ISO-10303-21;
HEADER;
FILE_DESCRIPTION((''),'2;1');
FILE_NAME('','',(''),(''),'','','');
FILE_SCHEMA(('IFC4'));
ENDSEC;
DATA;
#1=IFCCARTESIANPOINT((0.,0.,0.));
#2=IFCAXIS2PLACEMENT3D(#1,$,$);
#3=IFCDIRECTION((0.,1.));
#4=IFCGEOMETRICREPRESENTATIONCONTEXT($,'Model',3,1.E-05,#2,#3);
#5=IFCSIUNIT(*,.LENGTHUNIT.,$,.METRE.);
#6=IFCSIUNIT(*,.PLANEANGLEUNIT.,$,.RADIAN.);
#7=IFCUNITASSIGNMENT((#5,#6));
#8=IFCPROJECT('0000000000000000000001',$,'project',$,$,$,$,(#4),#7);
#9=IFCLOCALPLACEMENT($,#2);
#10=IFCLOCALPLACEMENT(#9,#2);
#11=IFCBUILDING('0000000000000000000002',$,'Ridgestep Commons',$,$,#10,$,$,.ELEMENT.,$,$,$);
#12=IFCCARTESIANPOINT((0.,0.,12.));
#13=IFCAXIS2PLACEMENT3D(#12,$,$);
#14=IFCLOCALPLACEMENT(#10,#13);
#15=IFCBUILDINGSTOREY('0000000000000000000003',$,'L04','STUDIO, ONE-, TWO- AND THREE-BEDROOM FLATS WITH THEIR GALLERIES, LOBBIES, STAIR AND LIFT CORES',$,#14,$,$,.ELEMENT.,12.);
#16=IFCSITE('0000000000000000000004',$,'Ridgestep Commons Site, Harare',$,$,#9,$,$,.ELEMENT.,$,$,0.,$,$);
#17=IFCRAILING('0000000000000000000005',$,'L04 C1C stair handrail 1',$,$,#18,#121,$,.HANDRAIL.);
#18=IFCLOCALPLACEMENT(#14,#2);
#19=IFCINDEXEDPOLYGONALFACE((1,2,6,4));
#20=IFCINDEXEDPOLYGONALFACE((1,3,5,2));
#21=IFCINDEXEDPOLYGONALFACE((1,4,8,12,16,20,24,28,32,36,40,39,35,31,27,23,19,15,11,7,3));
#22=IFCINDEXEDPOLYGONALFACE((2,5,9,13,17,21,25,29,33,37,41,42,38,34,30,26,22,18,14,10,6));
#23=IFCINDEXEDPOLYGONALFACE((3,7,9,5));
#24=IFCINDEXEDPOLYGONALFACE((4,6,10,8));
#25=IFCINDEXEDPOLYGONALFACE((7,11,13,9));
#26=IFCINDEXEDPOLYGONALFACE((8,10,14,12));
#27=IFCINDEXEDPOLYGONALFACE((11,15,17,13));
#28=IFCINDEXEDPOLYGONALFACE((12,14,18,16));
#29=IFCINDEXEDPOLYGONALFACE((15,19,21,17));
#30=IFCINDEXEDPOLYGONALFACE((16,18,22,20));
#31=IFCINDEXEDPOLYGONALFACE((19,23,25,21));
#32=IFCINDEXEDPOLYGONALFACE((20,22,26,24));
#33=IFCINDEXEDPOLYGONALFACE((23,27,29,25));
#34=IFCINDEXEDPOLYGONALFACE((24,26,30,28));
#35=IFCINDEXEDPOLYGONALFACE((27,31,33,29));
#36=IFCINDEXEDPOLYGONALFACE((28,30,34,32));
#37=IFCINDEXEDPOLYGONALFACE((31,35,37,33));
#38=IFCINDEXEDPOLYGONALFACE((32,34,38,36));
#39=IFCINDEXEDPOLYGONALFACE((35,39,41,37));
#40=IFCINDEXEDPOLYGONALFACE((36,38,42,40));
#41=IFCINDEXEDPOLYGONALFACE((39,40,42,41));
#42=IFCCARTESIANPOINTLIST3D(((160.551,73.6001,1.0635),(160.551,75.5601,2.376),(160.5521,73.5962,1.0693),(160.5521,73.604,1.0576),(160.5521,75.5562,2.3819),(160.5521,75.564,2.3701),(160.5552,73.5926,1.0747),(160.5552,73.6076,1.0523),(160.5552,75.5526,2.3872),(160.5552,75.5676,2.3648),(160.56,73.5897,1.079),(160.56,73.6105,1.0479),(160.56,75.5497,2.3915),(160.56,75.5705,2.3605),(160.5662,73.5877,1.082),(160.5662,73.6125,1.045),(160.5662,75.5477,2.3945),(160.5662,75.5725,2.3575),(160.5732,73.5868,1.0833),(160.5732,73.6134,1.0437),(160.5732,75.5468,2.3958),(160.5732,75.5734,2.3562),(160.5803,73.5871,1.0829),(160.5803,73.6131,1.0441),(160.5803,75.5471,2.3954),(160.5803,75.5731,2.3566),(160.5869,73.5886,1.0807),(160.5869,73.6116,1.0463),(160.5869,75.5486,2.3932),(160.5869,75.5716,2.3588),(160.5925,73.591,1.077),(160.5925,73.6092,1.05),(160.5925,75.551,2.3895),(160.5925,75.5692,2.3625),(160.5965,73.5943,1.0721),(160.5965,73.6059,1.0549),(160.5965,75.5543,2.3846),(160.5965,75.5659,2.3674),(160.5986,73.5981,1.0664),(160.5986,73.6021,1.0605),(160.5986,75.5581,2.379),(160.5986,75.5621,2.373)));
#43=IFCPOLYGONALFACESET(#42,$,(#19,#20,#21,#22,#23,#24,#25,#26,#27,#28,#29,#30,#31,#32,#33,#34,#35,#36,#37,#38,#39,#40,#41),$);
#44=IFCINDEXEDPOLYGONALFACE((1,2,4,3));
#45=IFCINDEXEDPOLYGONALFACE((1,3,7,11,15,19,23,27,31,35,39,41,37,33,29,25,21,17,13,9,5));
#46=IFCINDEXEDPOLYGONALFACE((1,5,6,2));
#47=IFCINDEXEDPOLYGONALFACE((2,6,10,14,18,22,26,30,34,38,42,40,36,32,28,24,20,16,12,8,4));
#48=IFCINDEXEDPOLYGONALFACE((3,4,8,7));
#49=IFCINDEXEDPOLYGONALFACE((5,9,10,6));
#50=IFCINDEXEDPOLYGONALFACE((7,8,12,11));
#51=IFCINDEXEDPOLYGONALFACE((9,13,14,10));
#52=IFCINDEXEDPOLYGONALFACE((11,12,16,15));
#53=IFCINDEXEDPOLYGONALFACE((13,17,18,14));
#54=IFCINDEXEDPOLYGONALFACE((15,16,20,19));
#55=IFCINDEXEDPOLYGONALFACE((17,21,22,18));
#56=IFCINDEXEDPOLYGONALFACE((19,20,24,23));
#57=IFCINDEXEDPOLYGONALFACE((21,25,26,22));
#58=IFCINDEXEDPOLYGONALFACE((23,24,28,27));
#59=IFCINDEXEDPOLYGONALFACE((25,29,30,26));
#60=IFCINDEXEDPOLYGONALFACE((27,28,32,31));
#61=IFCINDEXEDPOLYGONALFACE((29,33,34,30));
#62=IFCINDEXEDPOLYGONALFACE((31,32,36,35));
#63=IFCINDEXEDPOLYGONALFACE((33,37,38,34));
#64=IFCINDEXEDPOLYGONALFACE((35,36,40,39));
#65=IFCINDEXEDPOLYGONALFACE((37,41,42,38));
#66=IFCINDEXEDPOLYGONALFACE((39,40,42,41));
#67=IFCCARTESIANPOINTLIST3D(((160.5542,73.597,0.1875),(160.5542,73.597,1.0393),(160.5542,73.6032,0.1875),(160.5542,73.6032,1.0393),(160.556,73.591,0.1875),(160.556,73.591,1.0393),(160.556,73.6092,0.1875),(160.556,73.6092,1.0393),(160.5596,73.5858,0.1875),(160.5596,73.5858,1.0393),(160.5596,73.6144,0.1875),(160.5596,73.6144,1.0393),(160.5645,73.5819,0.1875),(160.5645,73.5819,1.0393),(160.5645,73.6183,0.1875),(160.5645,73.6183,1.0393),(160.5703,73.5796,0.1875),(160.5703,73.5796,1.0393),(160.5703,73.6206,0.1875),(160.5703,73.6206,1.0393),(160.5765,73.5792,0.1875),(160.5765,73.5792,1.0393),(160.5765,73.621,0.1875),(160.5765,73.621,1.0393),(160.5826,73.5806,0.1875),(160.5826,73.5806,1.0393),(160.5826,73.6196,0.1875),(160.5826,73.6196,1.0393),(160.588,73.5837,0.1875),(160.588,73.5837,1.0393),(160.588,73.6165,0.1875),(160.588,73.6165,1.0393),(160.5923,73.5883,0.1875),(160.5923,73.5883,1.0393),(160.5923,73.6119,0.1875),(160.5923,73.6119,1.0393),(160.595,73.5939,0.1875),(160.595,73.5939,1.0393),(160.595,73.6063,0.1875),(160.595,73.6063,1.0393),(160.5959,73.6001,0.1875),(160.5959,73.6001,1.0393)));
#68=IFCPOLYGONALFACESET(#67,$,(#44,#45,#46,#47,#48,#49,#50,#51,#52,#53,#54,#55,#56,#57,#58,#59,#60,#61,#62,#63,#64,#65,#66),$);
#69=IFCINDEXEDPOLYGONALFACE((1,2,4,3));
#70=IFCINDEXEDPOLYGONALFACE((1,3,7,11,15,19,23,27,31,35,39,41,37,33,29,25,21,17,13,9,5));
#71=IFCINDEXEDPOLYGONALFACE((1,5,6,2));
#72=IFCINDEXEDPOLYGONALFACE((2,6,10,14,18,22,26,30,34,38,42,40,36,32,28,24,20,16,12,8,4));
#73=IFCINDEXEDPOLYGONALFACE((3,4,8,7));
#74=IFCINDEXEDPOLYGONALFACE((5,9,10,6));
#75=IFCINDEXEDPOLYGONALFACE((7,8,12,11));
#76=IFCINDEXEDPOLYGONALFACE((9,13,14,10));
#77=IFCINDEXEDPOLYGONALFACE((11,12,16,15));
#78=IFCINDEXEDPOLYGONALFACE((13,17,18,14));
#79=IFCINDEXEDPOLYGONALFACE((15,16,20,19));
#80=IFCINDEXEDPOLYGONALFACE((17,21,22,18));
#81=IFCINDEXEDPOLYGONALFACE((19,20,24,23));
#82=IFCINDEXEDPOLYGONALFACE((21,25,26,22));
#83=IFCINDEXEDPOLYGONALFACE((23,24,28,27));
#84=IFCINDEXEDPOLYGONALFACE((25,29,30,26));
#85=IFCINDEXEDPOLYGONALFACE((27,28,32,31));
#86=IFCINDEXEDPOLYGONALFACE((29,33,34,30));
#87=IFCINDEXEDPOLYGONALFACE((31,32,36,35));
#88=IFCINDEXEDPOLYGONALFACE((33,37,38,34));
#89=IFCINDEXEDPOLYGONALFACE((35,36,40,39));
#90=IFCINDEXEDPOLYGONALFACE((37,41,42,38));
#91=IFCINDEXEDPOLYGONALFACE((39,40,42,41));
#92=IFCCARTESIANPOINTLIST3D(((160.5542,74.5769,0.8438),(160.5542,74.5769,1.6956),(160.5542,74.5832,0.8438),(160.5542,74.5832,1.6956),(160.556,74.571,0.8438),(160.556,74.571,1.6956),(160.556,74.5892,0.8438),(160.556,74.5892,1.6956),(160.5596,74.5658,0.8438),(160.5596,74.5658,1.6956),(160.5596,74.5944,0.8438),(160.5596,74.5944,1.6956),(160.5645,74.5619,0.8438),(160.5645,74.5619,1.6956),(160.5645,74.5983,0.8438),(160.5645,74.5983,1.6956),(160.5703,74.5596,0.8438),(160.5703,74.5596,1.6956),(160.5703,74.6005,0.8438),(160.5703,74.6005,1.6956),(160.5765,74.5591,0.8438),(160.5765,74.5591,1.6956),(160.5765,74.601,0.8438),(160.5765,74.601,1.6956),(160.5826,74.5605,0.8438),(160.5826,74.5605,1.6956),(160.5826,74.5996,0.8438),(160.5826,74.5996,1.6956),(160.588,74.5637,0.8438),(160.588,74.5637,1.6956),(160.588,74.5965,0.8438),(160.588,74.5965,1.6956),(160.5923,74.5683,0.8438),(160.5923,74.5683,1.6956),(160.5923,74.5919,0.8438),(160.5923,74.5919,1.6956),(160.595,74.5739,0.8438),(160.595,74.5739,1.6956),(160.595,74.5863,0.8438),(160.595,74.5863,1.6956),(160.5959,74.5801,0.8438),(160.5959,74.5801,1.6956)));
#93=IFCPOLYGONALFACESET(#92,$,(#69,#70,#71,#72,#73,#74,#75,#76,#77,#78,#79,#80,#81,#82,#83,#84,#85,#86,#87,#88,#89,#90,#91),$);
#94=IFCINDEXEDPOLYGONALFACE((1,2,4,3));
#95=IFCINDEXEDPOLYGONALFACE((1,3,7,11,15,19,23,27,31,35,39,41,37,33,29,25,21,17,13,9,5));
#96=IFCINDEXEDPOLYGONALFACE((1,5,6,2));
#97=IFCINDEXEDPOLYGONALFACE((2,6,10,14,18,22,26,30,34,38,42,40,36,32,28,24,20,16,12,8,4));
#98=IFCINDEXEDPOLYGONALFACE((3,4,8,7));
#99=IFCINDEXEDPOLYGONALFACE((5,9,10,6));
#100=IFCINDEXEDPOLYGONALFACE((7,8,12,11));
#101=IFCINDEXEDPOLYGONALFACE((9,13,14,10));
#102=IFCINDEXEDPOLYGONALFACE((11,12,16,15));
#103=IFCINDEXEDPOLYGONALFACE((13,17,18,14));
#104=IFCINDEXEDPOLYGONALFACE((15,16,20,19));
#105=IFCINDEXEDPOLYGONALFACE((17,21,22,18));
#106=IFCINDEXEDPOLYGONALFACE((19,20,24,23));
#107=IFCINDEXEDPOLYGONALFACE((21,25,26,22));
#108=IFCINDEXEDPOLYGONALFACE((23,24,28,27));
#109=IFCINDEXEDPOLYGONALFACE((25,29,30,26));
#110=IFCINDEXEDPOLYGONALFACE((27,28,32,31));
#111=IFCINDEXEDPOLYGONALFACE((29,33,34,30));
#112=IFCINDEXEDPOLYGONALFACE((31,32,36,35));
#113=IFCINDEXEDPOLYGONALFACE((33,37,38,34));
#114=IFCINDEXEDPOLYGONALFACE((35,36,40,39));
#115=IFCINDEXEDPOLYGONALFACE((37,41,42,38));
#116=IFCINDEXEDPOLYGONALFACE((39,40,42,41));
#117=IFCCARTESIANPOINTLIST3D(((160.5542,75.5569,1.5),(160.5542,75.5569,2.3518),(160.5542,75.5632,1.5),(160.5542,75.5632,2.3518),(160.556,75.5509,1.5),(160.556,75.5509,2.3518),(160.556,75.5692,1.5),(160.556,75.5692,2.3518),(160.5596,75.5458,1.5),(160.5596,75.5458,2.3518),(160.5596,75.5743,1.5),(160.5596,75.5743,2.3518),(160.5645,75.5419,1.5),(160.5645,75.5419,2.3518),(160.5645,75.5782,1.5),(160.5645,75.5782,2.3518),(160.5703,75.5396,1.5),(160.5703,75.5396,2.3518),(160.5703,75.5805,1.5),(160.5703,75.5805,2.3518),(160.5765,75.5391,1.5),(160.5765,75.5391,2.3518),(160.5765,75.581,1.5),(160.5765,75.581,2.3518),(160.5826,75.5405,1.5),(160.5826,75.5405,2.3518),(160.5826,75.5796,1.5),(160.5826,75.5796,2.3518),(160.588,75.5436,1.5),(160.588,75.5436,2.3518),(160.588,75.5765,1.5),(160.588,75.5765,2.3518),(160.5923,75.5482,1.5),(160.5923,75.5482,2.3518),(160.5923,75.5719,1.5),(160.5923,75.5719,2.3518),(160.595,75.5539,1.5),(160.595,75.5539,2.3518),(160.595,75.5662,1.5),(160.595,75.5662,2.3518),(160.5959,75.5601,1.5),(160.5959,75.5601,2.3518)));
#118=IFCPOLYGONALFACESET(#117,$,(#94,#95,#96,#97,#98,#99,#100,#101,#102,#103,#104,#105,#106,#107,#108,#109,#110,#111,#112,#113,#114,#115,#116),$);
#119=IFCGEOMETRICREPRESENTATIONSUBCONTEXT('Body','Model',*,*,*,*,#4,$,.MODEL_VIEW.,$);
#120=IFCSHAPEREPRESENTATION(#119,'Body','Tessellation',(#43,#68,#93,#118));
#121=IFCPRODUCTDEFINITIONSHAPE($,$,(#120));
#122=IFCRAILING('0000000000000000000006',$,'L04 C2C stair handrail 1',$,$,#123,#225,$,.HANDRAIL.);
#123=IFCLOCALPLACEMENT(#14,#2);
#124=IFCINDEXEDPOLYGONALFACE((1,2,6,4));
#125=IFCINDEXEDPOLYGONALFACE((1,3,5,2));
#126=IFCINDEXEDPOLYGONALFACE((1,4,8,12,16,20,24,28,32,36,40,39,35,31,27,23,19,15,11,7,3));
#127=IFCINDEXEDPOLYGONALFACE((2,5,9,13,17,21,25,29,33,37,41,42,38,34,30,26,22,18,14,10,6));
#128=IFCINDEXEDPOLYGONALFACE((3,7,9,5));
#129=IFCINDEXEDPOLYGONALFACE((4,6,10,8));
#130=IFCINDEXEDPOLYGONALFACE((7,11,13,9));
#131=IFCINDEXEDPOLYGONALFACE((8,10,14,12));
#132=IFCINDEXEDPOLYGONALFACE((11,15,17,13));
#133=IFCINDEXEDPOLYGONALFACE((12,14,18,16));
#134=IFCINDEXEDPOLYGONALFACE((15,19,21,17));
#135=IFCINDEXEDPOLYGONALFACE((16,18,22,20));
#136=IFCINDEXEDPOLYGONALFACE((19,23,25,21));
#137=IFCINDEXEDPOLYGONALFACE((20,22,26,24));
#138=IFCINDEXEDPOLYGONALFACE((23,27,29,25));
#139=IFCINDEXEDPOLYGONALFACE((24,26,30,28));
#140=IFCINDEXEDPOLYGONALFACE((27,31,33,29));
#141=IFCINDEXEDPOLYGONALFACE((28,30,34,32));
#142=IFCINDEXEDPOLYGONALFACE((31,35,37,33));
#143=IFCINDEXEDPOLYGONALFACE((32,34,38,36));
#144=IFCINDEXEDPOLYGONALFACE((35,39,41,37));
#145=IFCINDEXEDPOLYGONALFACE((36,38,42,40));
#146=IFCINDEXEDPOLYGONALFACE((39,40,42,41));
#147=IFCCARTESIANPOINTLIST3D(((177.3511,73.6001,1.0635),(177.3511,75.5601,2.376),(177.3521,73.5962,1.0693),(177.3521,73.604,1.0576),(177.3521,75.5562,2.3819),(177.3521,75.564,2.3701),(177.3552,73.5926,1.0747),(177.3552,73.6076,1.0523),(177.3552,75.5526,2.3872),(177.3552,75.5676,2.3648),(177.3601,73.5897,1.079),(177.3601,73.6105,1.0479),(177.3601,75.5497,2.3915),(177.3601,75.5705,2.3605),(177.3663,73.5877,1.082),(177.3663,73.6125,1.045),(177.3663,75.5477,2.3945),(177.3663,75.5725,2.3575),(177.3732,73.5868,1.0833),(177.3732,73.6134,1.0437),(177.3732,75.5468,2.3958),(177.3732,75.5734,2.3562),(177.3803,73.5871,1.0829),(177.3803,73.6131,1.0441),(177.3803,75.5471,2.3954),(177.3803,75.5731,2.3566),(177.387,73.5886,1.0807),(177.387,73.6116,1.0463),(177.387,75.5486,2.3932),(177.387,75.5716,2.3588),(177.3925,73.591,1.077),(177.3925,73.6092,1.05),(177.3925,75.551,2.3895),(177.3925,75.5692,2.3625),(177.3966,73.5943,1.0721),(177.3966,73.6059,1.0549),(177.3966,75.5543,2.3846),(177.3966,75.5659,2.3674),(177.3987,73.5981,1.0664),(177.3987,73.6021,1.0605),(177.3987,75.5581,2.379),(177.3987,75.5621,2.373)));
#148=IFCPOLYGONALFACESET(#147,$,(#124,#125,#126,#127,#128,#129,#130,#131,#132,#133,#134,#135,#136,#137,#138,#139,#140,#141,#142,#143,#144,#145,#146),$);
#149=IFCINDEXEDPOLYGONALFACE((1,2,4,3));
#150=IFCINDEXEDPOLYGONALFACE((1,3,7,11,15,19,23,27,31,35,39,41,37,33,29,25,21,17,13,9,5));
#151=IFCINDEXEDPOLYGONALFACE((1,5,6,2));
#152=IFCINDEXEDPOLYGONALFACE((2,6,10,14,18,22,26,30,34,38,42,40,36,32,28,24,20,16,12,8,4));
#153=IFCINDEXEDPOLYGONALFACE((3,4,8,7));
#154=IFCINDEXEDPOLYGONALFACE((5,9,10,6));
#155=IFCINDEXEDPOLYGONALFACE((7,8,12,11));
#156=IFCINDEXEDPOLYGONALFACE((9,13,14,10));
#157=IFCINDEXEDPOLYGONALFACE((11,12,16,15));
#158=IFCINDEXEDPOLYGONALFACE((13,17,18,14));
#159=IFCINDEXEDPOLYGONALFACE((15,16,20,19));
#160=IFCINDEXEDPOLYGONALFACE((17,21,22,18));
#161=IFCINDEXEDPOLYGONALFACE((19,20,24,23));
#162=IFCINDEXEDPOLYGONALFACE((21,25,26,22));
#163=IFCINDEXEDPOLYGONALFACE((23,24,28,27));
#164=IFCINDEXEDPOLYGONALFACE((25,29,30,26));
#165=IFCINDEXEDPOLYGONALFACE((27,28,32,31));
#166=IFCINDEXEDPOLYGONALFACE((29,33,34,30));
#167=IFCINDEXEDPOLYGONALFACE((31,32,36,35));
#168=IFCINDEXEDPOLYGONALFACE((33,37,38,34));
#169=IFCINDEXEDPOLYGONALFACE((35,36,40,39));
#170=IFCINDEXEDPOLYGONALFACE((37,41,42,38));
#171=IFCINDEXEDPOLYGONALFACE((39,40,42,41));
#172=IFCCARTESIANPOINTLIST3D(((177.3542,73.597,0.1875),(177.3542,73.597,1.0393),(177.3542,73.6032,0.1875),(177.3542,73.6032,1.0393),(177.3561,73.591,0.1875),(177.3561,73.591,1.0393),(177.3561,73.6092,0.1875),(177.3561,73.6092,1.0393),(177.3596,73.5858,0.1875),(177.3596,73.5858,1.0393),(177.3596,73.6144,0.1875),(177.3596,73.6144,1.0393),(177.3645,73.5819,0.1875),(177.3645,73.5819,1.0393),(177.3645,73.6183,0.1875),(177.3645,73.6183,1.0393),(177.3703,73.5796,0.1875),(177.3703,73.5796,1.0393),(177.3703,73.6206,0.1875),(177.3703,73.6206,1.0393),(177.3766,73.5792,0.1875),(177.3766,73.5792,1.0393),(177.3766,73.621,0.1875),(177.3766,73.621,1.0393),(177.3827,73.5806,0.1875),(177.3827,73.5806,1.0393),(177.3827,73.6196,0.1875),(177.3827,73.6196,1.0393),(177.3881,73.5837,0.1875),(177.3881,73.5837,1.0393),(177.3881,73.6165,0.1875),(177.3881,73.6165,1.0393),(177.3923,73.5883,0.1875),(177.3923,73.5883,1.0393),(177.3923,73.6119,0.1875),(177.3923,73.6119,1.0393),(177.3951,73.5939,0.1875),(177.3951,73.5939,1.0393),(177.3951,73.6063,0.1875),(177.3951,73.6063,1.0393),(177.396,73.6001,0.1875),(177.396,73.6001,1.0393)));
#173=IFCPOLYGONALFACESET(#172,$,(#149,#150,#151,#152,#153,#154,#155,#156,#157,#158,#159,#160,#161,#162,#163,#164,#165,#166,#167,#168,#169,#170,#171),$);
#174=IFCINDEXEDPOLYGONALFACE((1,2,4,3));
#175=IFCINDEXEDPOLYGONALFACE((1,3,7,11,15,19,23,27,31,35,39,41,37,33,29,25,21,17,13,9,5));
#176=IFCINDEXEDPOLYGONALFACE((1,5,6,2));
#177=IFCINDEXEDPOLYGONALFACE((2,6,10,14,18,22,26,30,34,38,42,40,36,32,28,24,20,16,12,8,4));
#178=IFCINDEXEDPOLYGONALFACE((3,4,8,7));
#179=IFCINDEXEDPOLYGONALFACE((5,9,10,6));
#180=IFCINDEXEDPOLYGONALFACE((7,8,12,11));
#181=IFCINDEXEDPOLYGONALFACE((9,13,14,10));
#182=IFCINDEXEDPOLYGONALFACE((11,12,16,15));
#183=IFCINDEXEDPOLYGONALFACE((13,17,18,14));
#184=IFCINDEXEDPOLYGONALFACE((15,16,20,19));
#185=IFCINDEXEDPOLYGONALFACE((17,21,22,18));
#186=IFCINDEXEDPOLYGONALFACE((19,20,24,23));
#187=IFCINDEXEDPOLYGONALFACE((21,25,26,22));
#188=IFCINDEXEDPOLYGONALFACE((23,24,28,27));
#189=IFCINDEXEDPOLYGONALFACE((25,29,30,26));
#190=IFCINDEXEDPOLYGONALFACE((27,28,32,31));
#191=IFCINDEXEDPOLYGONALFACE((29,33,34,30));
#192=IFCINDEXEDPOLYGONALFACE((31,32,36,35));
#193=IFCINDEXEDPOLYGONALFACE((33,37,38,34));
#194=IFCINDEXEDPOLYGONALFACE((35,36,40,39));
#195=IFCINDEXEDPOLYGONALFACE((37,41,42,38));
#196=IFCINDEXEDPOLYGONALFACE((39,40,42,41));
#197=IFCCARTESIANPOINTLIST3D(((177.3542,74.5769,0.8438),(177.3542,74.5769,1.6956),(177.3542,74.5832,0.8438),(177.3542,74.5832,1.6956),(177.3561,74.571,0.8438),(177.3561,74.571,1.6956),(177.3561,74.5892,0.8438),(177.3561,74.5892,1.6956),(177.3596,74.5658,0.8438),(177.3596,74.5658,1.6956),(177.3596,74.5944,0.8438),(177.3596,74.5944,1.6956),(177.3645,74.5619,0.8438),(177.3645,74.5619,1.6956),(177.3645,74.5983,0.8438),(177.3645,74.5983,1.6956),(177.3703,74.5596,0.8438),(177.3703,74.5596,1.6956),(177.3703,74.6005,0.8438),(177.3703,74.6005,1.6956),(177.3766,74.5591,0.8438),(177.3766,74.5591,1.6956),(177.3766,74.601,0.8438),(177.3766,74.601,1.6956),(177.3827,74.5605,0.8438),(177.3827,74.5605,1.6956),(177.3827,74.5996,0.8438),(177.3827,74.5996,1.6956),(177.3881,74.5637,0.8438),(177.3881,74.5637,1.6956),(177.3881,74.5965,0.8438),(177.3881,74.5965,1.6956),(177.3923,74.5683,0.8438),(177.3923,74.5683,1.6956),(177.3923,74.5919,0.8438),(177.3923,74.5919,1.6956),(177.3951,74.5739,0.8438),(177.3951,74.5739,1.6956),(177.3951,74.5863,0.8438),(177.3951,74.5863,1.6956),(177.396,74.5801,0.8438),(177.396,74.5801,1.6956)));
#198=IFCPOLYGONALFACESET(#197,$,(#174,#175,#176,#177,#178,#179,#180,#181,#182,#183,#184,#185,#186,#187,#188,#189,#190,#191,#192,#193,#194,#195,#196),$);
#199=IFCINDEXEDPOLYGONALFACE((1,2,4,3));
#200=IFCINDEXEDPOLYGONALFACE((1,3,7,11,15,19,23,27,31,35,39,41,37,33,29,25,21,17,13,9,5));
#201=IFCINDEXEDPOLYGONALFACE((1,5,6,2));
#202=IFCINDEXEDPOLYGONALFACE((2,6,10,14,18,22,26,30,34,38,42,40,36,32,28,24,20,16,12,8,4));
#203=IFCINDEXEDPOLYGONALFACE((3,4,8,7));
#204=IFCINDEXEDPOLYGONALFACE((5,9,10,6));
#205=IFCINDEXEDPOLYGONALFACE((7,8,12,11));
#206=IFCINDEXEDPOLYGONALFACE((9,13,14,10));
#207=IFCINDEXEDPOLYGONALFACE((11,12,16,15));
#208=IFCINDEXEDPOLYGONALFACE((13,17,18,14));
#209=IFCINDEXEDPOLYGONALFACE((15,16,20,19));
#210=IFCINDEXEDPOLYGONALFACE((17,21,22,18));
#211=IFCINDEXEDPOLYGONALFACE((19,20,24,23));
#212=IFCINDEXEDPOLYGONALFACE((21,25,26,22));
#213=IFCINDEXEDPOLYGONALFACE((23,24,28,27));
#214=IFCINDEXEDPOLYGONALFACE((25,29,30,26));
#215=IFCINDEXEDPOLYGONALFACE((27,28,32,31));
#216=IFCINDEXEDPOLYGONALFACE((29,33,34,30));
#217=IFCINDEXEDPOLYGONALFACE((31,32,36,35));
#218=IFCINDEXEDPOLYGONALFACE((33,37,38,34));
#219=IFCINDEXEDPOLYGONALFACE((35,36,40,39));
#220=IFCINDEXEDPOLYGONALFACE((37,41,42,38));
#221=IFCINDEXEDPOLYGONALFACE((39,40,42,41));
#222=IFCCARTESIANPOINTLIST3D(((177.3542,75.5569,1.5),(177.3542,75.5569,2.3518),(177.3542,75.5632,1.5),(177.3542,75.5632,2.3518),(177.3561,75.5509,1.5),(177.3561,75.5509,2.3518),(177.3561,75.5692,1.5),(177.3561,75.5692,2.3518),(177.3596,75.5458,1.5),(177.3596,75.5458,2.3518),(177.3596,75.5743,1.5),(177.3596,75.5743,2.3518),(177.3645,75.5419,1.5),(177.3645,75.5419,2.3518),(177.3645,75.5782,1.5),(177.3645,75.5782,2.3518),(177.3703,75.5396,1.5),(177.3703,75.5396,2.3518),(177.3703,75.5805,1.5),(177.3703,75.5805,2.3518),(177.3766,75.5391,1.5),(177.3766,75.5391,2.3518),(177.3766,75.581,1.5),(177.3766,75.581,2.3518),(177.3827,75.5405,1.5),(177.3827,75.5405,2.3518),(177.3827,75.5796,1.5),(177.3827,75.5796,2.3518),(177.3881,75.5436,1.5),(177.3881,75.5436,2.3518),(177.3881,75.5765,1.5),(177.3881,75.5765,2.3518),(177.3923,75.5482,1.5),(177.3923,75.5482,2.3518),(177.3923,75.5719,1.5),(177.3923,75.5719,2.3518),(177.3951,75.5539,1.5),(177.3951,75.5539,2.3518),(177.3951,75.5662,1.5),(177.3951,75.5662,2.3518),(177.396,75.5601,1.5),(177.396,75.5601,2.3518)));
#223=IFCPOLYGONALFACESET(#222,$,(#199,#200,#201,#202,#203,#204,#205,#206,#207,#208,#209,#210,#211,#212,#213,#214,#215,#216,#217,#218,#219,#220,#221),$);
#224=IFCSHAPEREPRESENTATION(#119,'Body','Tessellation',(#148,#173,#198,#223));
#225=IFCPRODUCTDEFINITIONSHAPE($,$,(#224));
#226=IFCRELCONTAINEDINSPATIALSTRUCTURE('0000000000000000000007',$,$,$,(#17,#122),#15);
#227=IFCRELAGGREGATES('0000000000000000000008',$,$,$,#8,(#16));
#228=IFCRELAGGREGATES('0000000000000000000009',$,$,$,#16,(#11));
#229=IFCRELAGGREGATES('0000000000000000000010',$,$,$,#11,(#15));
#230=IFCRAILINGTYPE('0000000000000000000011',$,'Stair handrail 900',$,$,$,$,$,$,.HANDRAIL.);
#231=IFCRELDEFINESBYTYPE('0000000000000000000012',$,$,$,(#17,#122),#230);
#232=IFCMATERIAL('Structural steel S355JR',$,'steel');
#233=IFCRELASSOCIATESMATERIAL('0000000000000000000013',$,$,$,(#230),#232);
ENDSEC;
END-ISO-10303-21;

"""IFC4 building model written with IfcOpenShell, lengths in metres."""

from ifc_helpers import new_model, si_unit, direction, frame, origin, origin_2d, place, context, subcontext, project, spatial, circle, extrude, material, type_object, element, save


model = new_model("IFC4")

# Units and contexts
model_context = context("Model", 3, precision=1e-05, world=origin(), true_north=direction((0.0, 1.0)))
body_context = subcontext(model_context, "Body", "Model", "MODEL_VIEW")
ifc_project = project(units=[si_unit("LENGTHUNIT", "METRE"), si_unit("PLANEANGLEUNIT", "RADIAN")], contexts=[model_context])

# Site, building, storey
site_placement = place(None, origin())
site = spatial("IfcSite", under=ifc_project, at=site_placement, Name="Ridgestep Commons Site, Harare", CompositionType="ELEMENT", RefElevation=0.0)
building_placement = place(site_placement, origin())
building = spatial("IfcBuilding", under=site, at=building_placement, Name="Ridgestep Commons", CompositionType="ELEMENT")
storey_placement = place(building_placement, frame((0.0, 0.0, 12.0)))
storey = spatial("IfcBuildingStorey", under=building, at=storey_placement, Name="L04", Description="STUDIO, ONE-, TWO- AND THREE-BEDROOM FLATS WITH THEIR GALLERIES, LOBBIES, STAIR AND LIFT CORES", CompositionType="ELEMENT", Elevation=12.0)

# Railings
ifc_material_1 = material(Name="Structural steel S355JR", Category="steel")
railing_type_1 = type_object("IfcRailingType", Name="Stair handrail 900", PredefinedType="HANDRAIL", material=ifc_material_1)
for number, where, name in (
    (1, (160.575, 73.6001, 0.1875), "L04 C1C stair handrail 1"),
    (2, (177.375, 73.6001, 0.1875), "L04 C2C stair handrail 1"),
):
    element("IfcRailing", number, at=place(storey_placement, frame(where)), inside=storey, type_object=railing_type_1, Name=name, PredefinedType="HANDRAIL", context=body_context, shape_type="SweptSolid", body=[
        extrude(circle(Radius=0.0239, at=origin_2d()), frame((0.0, 0.0, 0.876), z_axis=(0.0, 0.830902, 0.556419), x_axis=(-1.0, 0.0, 0.0)), (0.0, 0.0, 1.0), 2.3589),
        extrude(circle(Radius=0.021, at=origin_2d()), origin(), (0.0, 0.0, 1.0), 0.8518),
        extrude(circle(Radius=0.021, at=origin_2d()), frame((0.0, 0.98, 0.6562)), (0.0, 0.0, 1.0), 0.8518),
        extrude(circle(Radius=0.021, at=origin_2d()), frame((0.0, 1.96, 1.3125)), (0.0, 0.0, 1.0), 0.8518),
    ])

save(model, "model.ifc")
